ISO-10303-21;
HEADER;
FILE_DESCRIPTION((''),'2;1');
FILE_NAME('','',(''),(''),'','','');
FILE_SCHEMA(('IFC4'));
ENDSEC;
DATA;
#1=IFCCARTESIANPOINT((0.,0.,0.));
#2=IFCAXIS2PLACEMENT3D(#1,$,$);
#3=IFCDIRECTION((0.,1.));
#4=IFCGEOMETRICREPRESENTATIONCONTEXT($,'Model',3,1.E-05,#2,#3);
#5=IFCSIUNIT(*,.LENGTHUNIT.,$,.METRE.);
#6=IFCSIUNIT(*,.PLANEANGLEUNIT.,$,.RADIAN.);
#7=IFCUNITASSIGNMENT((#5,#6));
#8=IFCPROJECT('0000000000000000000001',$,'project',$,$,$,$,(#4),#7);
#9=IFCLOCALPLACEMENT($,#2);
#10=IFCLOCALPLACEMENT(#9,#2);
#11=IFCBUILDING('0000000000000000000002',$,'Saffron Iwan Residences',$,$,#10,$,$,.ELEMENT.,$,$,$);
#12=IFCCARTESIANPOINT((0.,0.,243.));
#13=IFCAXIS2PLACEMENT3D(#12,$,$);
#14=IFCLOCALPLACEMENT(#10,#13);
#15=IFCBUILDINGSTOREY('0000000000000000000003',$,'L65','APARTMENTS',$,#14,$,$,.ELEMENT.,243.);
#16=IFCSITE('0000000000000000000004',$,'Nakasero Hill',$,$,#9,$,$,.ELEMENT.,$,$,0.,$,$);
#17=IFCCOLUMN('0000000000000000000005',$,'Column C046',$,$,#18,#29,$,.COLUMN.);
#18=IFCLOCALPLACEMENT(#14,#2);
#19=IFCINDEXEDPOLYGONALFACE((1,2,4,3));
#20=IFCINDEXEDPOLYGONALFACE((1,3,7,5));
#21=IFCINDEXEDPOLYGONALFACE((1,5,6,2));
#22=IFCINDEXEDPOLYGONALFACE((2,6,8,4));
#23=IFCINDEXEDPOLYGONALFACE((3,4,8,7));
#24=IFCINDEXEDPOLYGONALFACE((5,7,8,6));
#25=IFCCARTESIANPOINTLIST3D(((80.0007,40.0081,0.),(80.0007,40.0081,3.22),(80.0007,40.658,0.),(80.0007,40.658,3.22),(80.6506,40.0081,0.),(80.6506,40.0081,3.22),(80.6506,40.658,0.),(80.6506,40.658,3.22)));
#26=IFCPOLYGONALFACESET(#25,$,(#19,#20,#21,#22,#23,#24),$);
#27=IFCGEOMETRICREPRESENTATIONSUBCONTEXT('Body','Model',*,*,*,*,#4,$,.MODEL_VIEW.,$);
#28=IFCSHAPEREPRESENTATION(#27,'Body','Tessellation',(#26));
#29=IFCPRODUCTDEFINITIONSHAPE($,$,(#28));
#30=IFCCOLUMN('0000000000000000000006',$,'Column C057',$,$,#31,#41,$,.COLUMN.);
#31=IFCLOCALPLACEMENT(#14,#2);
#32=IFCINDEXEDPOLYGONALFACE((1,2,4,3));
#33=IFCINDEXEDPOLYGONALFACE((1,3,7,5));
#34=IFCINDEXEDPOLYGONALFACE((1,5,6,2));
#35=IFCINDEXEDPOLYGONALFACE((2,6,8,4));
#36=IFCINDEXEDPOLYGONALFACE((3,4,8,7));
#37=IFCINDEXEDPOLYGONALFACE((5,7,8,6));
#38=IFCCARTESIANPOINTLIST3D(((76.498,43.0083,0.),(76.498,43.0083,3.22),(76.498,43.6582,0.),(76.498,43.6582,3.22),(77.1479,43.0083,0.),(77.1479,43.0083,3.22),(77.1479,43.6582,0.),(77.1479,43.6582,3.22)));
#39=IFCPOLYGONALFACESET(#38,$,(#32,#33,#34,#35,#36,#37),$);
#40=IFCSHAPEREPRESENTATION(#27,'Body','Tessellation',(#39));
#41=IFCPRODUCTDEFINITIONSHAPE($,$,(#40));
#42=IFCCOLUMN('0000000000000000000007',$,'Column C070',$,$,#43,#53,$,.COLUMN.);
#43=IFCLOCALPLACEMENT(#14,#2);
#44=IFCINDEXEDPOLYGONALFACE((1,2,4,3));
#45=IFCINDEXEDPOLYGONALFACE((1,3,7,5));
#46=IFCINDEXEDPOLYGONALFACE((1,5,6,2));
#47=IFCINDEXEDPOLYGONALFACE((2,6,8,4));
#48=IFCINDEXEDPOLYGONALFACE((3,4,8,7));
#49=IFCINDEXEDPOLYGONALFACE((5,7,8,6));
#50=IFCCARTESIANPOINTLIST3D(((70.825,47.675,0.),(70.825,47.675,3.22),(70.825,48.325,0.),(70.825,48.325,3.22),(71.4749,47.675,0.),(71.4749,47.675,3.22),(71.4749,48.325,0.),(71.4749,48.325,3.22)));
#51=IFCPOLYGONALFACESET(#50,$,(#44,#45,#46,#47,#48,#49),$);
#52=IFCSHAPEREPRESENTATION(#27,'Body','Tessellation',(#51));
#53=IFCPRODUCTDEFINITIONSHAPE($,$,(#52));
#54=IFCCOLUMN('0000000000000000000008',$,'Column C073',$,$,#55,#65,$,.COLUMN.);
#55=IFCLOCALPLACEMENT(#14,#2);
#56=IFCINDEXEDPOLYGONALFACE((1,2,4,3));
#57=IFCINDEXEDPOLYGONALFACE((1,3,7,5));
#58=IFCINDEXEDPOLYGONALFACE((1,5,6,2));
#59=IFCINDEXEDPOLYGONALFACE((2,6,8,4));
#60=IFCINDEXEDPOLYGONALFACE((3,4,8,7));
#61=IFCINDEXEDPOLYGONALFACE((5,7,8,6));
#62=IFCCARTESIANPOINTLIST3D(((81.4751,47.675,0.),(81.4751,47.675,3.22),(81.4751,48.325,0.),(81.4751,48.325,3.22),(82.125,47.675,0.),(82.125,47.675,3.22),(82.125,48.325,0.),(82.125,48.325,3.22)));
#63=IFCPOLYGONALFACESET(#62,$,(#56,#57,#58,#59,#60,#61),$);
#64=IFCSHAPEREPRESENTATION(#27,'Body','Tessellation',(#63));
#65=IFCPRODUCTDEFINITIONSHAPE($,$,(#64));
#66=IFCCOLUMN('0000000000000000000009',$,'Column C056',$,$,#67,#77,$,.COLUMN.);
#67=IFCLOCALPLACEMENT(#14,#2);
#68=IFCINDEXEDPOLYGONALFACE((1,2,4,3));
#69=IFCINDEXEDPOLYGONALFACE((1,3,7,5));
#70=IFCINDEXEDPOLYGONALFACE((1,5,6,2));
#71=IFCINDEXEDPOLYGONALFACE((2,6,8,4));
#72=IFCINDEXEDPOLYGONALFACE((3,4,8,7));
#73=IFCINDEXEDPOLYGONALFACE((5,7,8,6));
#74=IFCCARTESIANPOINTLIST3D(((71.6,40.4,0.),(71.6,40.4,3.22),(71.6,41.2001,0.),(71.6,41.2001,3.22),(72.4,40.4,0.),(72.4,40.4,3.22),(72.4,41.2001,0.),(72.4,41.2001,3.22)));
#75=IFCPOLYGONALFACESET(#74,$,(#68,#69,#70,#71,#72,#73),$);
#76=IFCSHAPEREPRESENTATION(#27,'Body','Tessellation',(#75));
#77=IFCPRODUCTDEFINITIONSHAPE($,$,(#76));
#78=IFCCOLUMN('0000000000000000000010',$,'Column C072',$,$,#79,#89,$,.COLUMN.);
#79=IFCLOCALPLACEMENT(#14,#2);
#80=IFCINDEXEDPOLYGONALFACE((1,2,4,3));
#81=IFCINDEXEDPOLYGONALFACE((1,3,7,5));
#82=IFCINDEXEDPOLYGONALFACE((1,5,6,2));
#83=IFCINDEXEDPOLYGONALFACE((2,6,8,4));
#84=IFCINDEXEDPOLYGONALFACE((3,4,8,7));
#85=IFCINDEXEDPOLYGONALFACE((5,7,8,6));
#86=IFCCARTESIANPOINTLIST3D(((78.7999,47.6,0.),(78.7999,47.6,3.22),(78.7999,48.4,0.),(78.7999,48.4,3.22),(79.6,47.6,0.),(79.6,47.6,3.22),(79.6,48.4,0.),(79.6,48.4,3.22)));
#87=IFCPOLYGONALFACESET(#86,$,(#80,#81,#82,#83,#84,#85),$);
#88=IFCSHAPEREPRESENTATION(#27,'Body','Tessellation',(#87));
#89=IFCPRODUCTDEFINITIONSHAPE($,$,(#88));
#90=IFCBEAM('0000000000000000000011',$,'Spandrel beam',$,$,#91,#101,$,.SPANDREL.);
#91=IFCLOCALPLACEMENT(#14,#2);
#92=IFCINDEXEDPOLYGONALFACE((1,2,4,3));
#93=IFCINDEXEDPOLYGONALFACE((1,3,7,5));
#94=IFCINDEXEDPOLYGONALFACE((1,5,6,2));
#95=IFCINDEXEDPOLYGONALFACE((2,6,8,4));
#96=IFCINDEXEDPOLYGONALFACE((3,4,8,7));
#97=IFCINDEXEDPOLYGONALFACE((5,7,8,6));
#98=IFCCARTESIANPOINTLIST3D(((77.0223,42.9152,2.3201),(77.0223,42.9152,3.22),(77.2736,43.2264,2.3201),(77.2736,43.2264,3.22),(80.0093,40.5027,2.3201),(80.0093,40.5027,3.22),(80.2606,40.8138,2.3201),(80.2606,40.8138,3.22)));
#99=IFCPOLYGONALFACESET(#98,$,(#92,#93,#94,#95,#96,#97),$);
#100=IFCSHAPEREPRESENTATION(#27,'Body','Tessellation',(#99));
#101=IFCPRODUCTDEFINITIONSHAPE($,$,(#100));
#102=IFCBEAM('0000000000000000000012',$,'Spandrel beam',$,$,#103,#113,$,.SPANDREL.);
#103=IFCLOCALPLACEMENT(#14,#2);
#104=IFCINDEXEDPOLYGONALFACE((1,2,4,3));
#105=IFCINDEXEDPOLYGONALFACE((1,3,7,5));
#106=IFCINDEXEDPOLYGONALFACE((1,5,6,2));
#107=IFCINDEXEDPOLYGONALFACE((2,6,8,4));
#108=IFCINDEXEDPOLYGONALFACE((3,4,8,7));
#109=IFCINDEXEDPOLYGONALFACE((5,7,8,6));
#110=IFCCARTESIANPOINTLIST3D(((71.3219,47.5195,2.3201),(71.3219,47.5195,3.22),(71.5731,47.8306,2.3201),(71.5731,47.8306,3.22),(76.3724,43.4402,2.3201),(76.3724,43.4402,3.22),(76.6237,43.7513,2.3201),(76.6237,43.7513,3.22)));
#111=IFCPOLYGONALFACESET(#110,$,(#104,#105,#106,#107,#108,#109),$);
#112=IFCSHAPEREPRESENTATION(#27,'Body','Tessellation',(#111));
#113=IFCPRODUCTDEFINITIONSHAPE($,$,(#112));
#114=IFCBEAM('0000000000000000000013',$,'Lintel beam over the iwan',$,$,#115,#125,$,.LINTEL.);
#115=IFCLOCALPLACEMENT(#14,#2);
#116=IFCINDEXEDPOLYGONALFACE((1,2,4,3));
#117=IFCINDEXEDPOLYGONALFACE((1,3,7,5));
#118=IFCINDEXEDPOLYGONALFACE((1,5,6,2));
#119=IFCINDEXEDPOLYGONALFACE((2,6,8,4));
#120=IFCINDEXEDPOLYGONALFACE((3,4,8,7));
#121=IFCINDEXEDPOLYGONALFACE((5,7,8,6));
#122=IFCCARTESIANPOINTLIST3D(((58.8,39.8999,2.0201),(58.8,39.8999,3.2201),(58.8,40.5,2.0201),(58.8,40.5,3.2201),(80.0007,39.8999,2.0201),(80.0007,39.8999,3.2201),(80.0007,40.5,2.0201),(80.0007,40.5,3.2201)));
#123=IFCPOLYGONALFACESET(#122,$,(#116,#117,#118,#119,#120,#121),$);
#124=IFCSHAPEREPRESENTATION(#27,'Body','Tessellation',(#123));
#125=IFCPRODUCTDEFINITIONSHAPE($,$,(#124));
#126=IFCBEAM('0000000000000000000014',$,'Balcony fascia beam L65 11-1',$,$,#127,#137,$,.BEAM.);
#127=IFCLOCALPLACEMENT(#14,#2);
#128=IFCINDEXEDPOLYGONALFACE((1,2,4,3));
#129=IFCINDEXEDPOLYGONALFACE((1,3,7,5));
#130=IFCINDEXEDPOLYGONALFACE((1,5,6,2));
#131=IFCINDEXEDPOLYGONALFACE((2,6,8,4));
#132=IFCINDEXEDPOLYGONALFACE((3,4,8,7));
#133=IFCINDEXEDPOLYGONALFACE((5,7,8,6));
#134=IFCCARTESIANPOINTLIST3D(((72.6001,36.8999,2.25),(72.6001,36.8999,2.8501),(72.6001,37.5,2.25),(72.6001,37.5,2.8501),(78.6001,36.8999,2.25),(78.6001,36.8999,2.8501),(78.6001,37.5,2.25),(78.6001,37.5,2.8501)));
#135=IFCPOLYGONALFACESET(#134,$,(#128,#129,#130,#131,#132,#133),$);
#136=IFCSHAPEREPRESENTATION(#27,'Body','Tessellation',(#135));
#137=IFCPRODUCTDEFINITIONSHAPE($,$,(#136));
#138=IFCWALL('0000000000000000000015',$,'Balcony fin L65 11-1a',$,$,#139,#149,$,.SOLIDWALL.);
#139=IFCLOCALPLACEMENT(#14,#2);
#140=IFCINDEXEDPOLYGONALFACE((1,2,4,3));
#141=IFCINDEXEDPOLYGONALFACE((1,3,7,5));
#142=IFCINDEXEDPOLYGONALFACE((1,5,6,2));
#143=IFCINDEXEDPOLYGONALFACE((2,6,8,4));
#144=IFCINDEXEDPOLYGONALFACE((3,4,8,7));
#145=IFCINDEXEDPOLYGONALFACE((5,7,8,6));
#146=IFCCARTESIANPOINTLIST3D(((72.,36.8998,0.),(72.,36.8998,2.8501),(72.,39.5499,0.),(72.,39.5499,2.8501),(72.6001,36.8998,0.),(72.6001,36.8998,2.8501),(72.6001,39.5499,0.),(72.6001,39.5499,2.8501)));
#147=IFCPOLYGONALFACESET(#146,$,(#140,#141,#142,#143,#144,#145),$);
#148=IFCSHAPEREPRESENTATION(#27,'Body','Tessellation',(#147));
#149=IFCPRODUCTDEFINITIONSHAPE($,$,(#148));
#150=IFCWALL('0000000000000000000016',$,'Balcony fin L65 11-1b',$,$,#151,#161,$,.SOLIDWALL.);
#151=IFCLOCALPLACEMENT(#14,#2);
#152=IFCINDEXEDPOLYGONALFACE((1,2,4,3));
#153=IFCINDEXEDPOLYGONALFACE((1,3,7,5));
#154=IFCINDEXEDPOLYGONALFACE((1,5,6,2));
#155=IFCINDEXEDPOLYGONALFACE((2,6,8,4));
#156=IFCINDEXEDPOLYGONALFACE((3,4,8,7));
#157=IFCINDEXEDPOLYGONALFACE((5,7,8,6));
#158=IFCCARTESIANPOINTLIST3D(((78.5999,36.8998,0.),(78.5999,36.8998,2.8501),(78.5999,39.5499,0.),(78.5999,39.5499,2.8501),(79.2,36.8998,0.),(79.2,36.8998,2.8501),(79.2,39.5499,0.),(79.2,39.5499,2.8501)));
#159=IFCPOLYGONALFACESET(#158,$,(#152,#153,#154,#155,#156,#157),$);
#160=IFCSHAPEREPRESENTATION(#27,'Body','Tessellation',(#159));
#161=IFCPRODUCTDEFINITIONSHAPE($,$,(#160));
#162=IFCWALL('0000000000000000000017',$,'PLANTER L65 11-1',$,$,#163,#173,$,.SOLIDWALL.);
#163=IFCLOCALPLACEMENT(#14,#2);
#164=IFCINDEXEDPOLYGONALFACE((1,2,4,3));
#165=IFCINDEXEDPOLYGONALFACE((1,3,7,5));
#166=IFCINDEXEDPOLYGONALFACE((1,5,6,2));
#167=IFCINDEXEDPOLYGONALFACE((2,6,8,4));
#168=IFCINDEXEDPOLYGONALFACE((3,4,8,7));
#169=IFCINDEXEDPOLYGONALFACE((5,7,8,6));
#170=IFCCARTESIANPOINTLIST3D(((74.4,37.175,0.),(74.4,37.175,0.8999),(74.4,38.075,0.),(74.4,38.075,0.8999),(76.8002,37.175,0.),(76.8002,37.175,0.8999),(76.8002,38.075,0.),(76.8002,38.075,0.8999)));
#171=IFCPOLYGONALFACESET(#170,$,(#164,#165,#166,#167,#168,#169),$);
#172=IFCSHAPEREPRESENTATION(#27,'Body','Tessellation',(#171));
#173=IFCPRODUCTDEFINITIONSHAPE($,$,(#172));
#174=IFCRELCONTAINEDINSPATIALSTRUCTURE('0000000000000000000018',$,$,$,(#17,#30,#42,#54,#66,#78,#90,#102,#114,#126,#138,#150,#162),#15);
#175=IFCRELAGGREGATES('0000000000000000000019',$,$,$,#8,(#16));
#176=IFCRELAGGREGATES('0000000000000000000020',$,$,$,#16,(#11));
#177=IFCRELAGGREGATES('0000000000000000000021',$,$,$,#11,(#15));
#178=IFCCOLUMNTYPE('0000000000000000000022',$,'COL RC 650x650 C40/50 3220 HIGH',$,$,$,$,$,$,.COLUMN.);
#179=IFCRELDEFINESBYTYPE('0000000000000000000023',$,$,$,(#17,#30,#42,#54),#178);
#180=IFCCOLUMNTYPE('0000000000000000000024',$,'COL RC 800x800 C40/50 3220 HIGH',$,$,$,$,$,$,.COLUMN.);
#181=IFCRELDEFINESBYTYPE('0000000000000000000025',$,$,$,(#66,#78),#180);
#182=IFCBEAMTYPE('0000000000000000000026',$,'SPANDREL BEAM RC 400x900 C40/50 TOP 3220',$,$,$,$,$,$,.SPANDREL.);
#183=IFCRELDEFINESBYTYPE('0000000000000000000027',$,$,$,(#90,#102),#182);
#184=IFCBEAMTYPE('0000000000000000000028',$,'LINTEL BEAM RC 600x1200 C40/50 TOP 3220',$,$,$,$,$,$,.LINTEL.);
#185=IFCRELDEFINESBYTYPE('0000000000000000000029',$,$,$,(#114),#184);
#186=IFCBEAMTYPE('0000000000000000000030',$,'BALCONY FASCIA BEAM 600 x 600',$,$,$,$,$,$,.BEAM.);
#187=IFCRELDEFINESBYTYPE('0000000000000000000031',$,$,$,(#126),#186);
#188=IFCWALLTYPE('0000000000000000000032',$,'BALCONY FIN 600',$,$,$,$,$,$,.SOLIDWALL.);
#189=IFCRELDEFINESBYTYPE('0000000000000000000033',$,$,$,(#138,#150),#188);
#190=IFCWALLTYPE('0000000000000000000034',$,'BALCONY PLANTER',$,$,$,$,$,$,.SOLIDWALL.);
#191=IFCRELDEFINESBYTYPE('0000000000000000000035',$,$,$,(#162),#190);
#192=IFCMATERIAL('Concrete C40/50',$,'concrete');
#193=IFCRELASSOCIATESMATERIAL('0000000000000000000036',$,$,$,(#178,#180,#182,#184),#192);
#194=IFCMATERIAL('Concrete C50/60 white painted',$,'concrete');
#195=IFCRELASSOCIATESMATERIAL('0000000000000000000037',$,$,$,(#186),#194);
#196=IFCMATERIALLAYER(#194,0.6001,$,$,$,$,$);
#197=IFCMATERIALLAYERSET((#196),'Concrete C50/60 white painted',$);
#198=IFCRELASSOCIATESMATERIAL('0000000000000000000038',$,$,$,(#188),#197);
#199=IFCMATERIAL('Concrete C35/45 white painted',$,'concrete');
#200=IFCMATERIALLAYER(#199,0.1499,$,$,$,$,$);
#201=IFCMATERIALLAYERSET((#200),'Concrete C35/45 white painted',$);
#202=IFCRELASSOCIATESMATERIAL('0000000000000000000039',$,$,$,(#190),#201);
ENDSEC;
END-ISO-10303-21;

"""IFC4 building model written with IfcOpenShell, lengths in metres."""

from ifc_helpers import new_model, si_unit, direction, frame, frame_2d, origin, origin_2d, place, context, subcontext, project, spatial, rectangle, extrude, source, transform, mapped, material, layer, layer_set, material_profile, profile_set, type_object, element, save


model = new_model("IFC4")

# Units and contexts
model_context = context("Model", 3, precision=1e-05, world=origin(), true_north=direction((0.0, 1.0)))
body_context = subcontext(model_context, "Body", "Model", "MODEL_VIEW")
ifc_project = project(units=[si_unit("LENGTHUNIT", "METRE"), si_unit("PLANEANGLEUNIT", "RADIAN")], contexts=[model_context])

# Site, building, storey
site_placement = place(None, origin())
site = spatial("IfcSite", under=ifc_project, at=site_placement, Name="Nakasero Hill", CompositionType="ELEMENT", RefElevation=0.0)
building_placement = place(site_placement, origin())
building = spatial("IfcBuilding", under=site, at=building_placement, Name="Saffron Iwan Residences", CompositionType="ELEMENT")
storey_placement = place(building_placement, frame((0.0, 0.0, 243.0)))
storey = spatial("IfcBuildingStorey", under=building, at=storey_placement, Name="L65", Description="APARTMENTS", CompositionType="ELEMENT", Elevation=243.0)

# Columns
ifc_material_1 = material(Name="Concrete C40/50", Category="concrete")
ifc_material_profile_1 = material_profile(ifc_material_1, rectangle(XDim=0.6499, YDim=0.6499, at=origin_2d()), Name="RC 650x650")
ifc_profile_set_1 = profile_set([ifc_material_profile_1], Name="Concrete C40/50")
column_type_1 = type_object("IfcColumnType", Name="COL RC 650x650 C40/50 3220 HIGH", PredefinedType="COLUMN", material=ifc_profile_set_1)
shared_shape_1 = source(origin(), body_context, "Body", "SweptSolid", [
    extrude(rectangle(XDim=0.6499, YDim=0.6499, at=origin_2d()), origin(), (0.0, 0.0, 1.0), 3.22),
])
for number, where, z_axis, x_axis, name in (
    (1, (80.3257, 40.333, 0.0), (0.0, 0.0, 1.0), (1.0, 0.0, 0.0), "Column C046"),
    (2, (76.823, 43.3333, 0.0), (0.0, 0.0, 1.0), (1.0, 0.0, 0.0), "Column C057"),
    (3, (71.1499, 48.0, 0.0), (0.0, 0.0, 1.0), (1.0, 0.0, 0.0), "Column C070"),
    (4, (81.8, 48.0, 0.0), (0.0, 0.0, 1.0), (1.0, 0.0, 0.0), "Column C073"),
):
    element("IfcColumn", number, at=place(storey_placement, frame(where, z_axis=z_axis, x_axis=x_axis)), inside=storey, type_object=column_type_1, Name=name, PredefinedType="COLUMN", context=body_context, shape_type="MappedRepresentation", body=[
        mapped(shared_shape_1, transform((0.0, 0.0, 0.0))),
    ])
ifc_material_profile_2 = material_profile(ifc_material_1, rectangle(XDim=0.8, YDim=0.8, at=origin_2d()), Name="RC 800x800")
ifc_profile_set_2 = profile_set([ifc_material_profile_2], Name="Concrete C40/50")
column_type_2 = type_object("IfcColumnType", Name="COL RC 800x800 C40/50 3220 HIGH", PredefinedType="COLUMN", material=ifc_profile_set_2)
shared_shape_2 = source(origin(), body_context, "Body", "SweptSolid", [
    extrude(rectangle(XDim=0.8, YDim=0.8, at=origin_2d()), origin(), (0.0, 0.0, 1.0), 3.22),
])
for number, where, z_axis, x_axis, name in (
    (5, (72.0, 40.8, 0.0), (0.0, 0.0, 1.0), (1.0, 0.0, 0.0), "Column C056"),
    (6, (79.2, 48.0, 0.0), (0.0, 0.0, 1.0), (1.0, 0.0, 0.0), "Column C072"),
):
    element("IfcColumn", number, at=place(storey_placement, frame(where, z_axis=z_axis, x_axis=x_axis)), inside=storey, type_object=column_type_2, Name=name, PredefinedType="COLUMN", context=body_context, shape_type="MappedRepresentation", body=[
        mapped(shared_shape_2, transform((0.0, 0.0, 0.0))),
    ])

# Beams
ifc_material_profile_3 = material_profile(ifc_material_1, rectangle(XDim=0.3999, YDim=0.8999, at=origin_2d()), Name="RC 400x900")
ifc_profile_set_3 = profile_set([ifc_material_profile_3], Name="Concrete C40/50")
beam_type_1 = type_object("IfcBeamType", Name="SPANDREL BEAM RC 400x900 C40/50 TOP 3220", PredefinedType="SPANDREL", material=ifc_profile_set_3)
shared_shape_3 = source(origin(), body_context, "Body", "SweptSolid", [
    extrude(rectangle(XDim=0.3999, YDim=0.8999, at=origin_2d()), origin(), (0.0, 0.0, 1.0), 3.8396),
])
beam_1_placement = place(storey_placement, frame((77.1479, 43.0708, 2.77), z_axis=(0.777945, -0.628333, 0.0), x_axis=(0.628333, 0.777945, 0.0)))
element("IfcBeam", 7, at=beam_1_placement, inside=storey, type_object=beam_type_1, Name="Spandrel beam", PredefinedType="SPANDREL", context=body_context, shape_type="MappedRepresentation", body=[
    mapped(shared_shape_3, transform((0.0, 0.0, 0.0))),
])
shared_shape_4 = source(origin(), body_context, "Body", "SweptSolid", [
    extrude(rectangle(XDim=0.3999, YDim=0.8999, at=origin_2d()), origin(), (0.0, 0.0, 1.0), 6.4922),
])
beam_2_placement = place(storey_placement, frame((71.4475, 47.675, 2.77), z_axis=(0.777936, -0.628343, 0.0), x_axis=(0.628343, 0.777936, 0.0)))
element("IfcBeam", 8, at=beam_2_placement, inside=storey, type_object=beam_type_1, Name="Spandrel beam", PredefinedType="SPANDREL", context=body_context, shape_type="MappedRepresentation", body=[
    mapped(shared_shape_4, transform((0.0, 0.0, 0.0))),
])
ifc_material_profile_4 = material_profile(ifc_material_1, rectangle(XDim=0.6001, YDim=1.2, at=origin_2d()), Name="RC 600x1200")
ifc_profile_set_4 = profile_set([ifc_material_profile_4], Name="Concrete C40/50")
beam_type_2 = type_object("IfcBeamType", Name="LINTEL BEAM RC 600x1200 C40/50 TOP 3220", PredefinedType="LINTEL", material=ifc_profile_set_4)
shared_shape_5 = source(origin(), body_context, "Body", "SweptSolid", [
    extrude(rectangle(XDim=0.6001, YDim=1.2, at=origin_2d()), origin(), (0.0, 0.0, 1.0), 21.2007),
])
beam_3_placement = place(storey_placement, frame((80.0007, 40.2, 2.6201), z_axis=(-1.0, 0.0, 0.0), x_axis=(0.0, -1.0, 0.0)))
element("IfcBeam", 9, at=beam_3_placement, inside=storey, type_object=beam_type_2, Name="Lintel beam over the iwan", PredefinedType="LINTEL", context=body_context, shape_type="MappedRepresentation", body=[
    mapped(shared_shape_5, transform((0.0, 0.0, 0.0))),
])
ifc_material_2 = material(Name="Concrete C50/60 white painted", Category="concrete")
ifc_material_profile_5 = material_profile(ifc_material_2, rectangle(XDim=0.6001, YDim=0.6001, at=origin_2d()), Name="BALCONY FASCIA BEAM 600 x 600")
ifc_profile_set_5 = profile_set([ifc_material_profile_5], Name="Concrete C50/60 white painted")
beam_type_3 = type_object("IfcBeamType", Name="BALCONY FASCIA BEAM 600 x 600", PredefinedType="BEAM", material=ifc_profile_set_5)
shared_shape_6 = source(origin(), body_context, "Body", "SweptSolid", [
    extrude(rectangle(XDim=0.6001, YDim=0.6001, at=origin_2d()), origin(), (0.0, 0.0, 1.0), 6.0),
])
beam_4_placement = place(storey_placement, frame((72.6001, 37.2, 2.55), z_axis=(1.0, 0.0, 0.0), x_axis=(0.0, 1.0, 0.0)))
element("IfcBeam", 10, at=beam_4_placement, inside=storey, type_object=beam_type_3, Name="Balcony fascia beam L65 11-1", PredefinedType="BEAM", context=body_context, shape_type="MappedRepresentation", body=[
    mapped(shared_shape_6, transform((0.0, 0.0, 0.0))),
])

# Walls
ifc_layer_1 = layer(ifc_material_2, 0.6001)
ifc_layer_set_1 = layer_set([ifc_layer_1], Name="Concrete C50/60 white painted")
wall_type_1 = type_object("IfcWallType", Name="BALCONY FIN 600", PredefinedType="SOLIDWALL", material=ifc_layer_set_1)
for number, where, z_axis, x_axis, name in (
    (11, (72.3, 39.55, 0.0), (0.0, 0.0, 1.0), (0.0, -1.0, 0.0), "Balcony fin L65 11-1a"),
    (12, (78.8999, 39.55, 0.0), (0.0, 0.0, 1.0), (0.0, -1.0, 0.0), "Balcony fin L65 11-1b"),
):
    element("IfcWall", number, at=place(storey_placement, frame(where, z_axis=z_axis, x_axis=x_axis)), inside=storey, type_object=wall_type_1, Name=name, PredefinedType="SOLIDWALL", context=body_context, shape_type="SweptSolid", body=[
        extrude(rectangle(XDim=2.6501, YDim=0.6001, at=frame_2d((1.3252, 0.0))), origin(), (0.0, 0.0, 1.0), 2.8501),
    ])
ifc_material_3 = material(Name="Concrete C35/45 white painted", Category="concrete")
ifc_layer_2 = layer(ifc_material_3, 0.1499)
ifc_layer_set_2 = layer_set([ifc_layer_2], Name="Concrete C35/45 white painted")
wall_type_2 = type_object("IfcWallType", Name="BALCONY PLANTER", PredefinedType="SOLIDWALL", material=ifc_layer_set_2)
wall_1_placement = place(storey_placement, frame((74.3999, 37.625, 0.0), z_axis=(0.0, 0.0, 1.0), x_axis=(1.0, 0.0, 0.0)))
element("IfcWall", 13, at=wall_1_placement, inside=storey, type_object=wall_type_2, Name="PLANTER L65 11-1", PredefinedType="SOLIDWALL", context=body_context, shape_type="SweptSolid", body=[
    extrude(rectangle(XDim=2.4001, YDim=0.8999, at=frame_2d((1.2002, 0.0))), origin(), (0.0, 0.0, 1.0), 0.8999),
])

save(model, "model.ifc")
